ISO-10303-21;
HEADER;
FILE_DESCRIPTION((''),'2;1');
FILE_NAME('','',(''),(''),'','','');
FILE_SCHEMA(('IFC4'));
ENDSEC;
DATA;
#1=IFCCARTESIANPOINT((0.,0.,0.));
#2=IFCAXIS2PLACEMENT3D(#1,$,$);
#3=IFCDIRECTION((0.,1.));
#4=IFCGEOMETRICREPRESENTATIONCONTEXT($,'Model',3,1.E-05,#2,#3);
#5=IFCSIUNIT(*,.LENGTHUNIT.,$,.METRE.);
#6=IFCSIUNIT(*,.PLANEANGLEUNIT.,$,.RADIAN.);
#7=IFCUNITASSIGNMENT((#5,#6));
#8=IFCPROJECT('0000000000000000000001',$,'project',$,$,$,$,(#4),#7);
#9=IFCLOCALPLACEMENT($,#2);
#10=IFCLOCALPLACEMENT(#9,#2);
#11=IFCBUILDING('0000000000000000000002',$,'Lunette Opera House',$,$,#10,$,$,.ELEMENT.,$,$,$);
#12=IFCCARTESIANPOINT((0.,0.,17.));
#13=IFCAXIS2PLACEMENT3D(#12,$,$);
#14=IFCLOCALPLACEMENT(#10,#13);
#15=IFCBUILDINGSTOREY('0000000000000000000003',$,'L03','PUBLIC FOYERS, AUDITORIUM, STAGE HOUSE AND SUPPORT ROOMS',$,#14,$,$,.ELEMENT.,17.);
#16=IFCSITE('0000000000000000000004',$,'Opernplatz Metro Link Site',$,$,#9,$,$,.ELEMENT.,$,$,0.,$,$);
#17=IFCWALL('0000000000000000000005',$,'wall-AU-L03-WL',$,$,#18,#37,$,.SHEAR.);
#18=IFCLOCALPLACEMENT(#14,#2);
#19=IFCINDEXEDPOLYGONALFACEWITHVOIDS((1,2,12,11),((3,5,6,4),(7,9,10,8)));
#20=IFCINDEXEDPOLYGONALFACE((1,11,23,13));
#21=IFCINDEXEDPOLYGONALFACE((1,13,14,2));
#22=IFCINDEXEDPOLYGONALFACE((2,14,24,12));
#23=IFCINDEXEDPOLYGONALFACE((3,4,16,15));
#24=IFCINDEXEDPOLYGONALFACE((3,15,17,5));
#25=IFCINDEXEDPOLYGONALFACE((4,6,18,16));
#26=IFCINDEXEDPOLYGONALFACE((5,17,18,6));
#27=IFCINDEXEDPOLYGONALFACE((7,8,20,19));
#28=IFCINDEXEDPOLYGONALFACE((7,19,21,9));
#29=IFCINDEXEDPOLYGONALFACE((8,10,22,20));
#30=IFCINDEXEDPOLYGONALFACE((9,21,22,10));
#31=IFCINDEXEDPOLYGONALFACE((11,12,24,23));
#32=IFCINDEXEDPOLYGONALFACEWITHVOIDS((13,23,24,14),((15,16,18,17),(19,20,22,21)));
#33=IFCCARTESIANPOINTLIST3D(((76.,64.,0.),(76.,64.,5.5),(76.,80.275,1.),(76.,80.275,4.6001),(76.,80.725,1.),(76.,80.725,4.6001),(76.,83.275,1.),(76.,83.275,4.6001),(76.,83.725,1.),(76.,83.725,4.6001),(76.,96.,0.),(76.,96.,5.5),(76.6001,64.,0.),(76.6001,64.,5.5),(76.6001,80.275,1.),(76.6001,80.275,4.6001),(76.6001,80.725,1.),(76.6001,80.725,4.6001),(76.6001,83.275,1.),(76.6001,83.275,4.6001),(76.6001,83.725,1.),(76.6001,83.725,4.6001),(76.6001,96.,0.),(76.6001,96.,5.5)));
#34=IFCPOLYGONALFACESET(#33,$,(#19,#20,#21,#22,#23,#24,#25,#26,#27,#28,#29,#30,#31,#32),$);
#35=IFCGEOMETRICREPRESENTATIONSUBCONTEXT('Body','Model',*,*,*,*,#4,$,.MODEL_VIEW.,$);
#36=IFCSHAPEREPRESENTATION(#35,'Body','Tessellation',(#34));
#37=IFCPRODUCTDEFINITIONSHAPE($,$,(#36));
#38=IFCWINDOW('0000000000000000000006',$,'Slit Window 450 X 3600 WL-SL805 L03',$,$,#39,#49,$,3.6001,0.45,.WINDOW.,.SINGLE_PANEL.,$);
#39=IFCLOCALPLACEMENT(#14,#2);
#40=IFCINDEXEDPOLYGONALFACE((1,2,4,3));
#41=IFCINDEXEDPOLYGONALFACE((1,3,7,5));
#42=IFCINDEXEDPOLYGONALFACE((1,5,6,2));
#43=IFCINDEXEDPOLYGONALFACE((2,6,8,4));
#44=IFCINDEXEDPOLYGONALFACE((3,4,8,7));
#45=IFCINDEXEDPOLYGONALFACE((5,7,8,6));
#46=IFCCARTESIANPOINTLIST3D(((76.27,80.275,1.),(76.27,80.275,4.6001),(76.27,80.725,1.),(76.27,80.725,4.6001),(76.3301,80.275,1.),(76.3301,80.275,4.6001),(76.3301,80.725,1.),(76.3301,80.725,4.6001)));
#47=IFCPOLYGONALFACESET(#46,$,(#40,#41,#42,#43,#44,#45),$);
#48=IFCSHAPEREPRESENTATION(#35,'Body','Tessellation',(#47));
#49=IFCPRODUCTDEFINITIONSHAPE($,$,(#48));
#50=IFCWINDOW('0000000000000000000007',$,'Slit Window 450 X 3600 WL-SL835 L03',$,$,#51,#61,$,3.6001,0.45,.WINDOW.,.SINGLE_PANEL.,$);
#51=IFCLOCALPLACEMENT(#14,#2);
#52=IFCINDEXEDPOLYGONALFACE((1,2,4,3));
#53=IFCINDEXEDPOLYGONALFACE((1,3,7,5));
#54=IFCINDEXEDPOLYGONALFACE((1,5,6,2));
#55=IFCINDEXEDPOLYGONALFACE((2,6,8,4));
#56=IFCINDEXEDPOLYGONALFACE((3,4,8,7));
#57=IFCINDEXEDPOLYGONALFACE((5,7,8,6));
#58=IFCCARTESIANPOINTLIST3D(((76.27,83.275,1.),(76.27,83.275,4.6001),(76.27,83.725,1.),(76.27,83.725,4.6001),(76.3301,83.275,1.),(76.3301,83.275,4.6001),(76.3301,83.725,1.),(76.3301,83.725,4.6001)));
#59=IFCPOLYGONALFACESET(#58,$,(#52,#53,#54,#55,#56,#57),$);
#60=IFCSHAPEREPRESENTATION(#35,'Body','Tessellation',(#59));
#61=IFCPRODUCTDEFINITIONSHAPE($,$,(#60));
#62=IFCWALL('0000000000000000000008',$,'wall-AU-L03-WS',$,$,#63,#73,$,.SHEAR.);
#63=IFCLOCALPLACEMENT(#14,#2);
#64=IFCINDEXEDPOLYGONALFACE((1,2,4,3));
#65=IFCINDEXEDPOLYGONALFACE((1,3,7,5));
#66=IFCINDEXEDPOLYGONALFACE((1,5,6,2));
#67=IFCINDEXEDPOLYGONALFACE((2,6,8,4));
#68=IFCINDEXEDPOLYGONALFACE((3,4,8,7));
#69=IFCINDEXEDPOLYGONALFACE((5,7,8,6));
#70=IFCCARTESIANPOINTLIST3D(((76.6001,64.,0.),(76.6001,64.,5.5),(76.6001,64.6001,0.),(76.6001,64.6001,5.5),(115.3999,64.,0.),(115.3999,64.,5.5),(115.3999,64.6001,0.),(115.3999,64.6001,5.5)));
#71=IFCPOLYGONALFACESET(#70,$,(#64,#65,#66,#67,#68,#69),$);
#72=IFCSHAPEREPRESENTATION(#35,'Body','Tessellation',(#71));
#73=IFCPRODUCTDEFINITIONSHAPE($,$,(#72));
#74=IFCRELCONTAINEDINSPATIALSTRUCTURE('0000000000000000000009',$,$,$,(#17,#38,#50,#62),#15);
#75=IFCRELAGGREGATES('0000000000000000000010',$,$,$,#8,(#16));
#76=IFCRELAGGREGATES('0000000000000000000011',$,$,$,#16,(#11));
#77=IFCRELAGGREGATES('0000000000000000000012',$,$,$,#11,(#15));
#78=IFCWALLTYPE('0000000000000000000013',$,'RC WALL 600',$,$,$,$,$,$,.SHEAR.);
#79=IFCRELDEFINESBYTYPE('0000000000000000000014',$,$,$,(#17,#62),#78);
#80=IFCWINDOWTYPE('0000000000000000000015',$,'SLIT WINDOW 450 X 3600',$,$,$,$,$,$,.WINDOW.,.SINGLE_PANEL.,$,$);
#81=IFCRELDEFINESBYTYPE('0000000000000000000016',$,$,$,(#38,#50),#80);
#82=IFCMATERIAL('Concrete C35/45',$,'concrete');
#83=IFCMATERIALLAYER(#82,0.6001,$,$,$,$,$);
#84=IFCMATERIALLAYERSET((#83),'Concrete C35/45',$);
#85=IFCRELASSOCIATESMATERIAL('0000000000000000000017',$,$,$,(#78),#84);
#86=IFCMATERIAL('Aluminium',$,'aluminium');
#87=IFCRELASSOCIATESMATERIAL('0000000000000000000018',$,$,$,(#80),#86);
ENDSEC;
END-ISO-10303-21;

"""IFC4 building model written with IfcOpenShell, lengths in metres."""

from ifc_helpers import new_model, si_unit, direction, frame, frame_2d, origin, place, context, subcontext, project, spatial, rectangle, extrude, material, layer, layer_set, type_object, element, fill, save


model = new_model("IFC4")

# Units and contexts
model_context = context("Model", 3, precision=1e-05, world=origin(), true_north=direction((0.0, 1.0)))
body_context = subcontext(model_context, "Body", "Model", "MODEL_VIEW")
ifc_project = project(units=[si_unit("LENGTHUNIT", "METRE"), si_unit("PLANEANGLEUNIT", "RADIAN")], contexts=[model_context])

# Site, building, storey
site_placement = place(None, origin())
site = spatial("IfcSite", under=ifc_project, at=site_placement, Name="Opernplatz Metro Link Site", CompositionType="ELEMENT", RefElevation=0.0)
building_placement = place(site_placement, origin())
building = spatial("IfcBuilding", under=site, at=building_placement, Name="Lunette Opera House", CompositionType="ELEMENT")
storey_placement = place(building_placement, frame((0.0, 0.0, 17.0)))
storey = spatial("IfcBuildingStorey", under=building, at=storey_placement, Name="L03", Description="PUBLIC FOYERS, AUDITORIUM, STAGE HOUSE AND SUPPORT ROOMS", CompositionType="ELEMENT", Elevation=17.0)

# Wall, openings, windows
ifc_material_1 = material(Name="Concrete C35/45", Category="concrete")
ifc_layer_1 = layer(ifc_material_1, 0.6001)
ifc_layer_set_1 = layer_set([ifc_layer_1], Name="Concrete C35/45")
wall_type_1 = type_object("IfcWallType", Name="RC WALL 600", PredefinedType="SHEAR", material=ifc_layer_set_1)
wall_1_placement = place(storey_placement, frame((76.3, 64.0, 0.0), z_axis=(0.0, 0.0, 1.0), x_axis=(0.0, 1.0, 0.0)))
wall_1 = element("IfcWall", 1, at=wall_1_placement, inside=storey, type_object=wall_type_1, Name="wall-AU-L03-WL", PredefinedType="SHEAR", context=body_context, shape_type="SweptSolid", body=[
    extrude(rectangle(XDim=32.0, YDim=0.6001, at=frame_2d((16.0, 0.0))), origin(), (0.0, 0.0, 1.0), 5.5),
])
opening_1_placement = place(wall_1_placement, frame((16.2749, 0.0, 1.0)))
opening_1 = element("IfcOpeningElement", 2, at=opening_1_placement, cuts=wall_1, PredefinedType="OPENING", context=body_context, shape_type="SweptSolid", body=[
    extrude(rectangle(XDim=0.45, YDim=3.6001, at=frame_2d((0.2251, 1.8))), frame((0.0, 0.312, 0.0), z_axis=(0.0, -1.0, 0.0), x_axis=(1.0, 0.0, 0.0)), (0.0, 0.0, 1.0), 0.624),
])
opening_2_placement = place(wall_1_placement, frame((19.2749, 0.0, 1.0)))
opening_2 = element("IfcOpeningElement", 3, at=opening_2_placement, cuts=wall_1, PredefinedType="OPENING", context=body_context, shape_type="SweptSolid", body=[
    extrude(rectangle(XDim=0.45, YDim=3.6001, at=frame_2d((0.2251, 1.8))), frame((0.0, 0.312, 0.0), z_axis=(0.0, -1.0, 0.0), x_axis=(1.0, 0.0, 0.0)), (0.0, 0.0, 1.0), 0.624),
])
ifc_material_2 = material(Name="Aluminium", Category="aluminium")
window_type_1 = type_object("IfcWindowType", Name="SLIT WINDOW 450 X 3600", PartitioningType="SINGLE_PANEL", PredefinedType="WINDOW", material=ifc_material_2)
window_1_placement = place(opening_1_placement, origin())
window_1 = element("IfcWindow", 4, at=window_1_placement, inside=storey, type_object=window_type_1, Name="Slit Window 450 X 3600 WL-SL805 L03", OverallHeight=3.6001, OverallWidth=0.45, PartitioningType="SINGLE_PANEL", PredefinedType="WINDOW", context=body_context, shape_type="SweptSolid", body=[
    extrude(rectangle(XDim=0.45, YDim=3.6001, at=frame_2d((0.2251, 1.8))), frame((0.0, 0.03, 0.0), z_axis=(0.0, -1.0, 0.0), x_axis=(1.0, 0.0, 0.0)), (0.0, 0.0, 1.0), 0.0601),
])
fill(opening_1, window_1)
window_2_placement = place(opening_2_placement, origin())
window_2 = element("IfcWindow", 5, at=window_2_placement, inside=storey, type_object=window_type_1, Name="Slit Window 450 X 3600 WL-SL835 L03", OverallHeight=3.6001, OverallWidth=0.45, PartitioningType="SINGLE_PANEL", PredefinedType="WINDOW", context=body_context, shape_type="SweptSolid", body=[
    extrude(rectangle(XDim=0.45, YDim=3.6001, at=frame_2d((0.2251, 1.8))), frame((0.0, 0.03, 0.0), z_axis=(0.0, -1.0, 0.0), x_axis=(1.0, 0.0, 0.0)), (0.0, 0.0, 1.0), 0.0601),
])
fill(opening_2, window_2)

# Wall
wall_2_placement = place(storey_placement, frame((76.6001, 64.3, 0.0), z_axis=(0.0, 0.0, 1.0), x_axis=(1.0, 0.0, 0.0)))
element("IfcWall", 6, at=wall_2_placement, inside=storey, type_object=wall_type_1, Name="wall-AU-L03-WS", PredefinedType="SHEAR", context=body_context, shape_type="SweptSolid", body=[
    extrude(rectangle(XDim=38.7998, YDim=0.6001, at=frame_2d((19.3999, 0.0))), origin(), (0.0, 0.0, 1.0), 5.5),
])

save(model, "model.ifc")
